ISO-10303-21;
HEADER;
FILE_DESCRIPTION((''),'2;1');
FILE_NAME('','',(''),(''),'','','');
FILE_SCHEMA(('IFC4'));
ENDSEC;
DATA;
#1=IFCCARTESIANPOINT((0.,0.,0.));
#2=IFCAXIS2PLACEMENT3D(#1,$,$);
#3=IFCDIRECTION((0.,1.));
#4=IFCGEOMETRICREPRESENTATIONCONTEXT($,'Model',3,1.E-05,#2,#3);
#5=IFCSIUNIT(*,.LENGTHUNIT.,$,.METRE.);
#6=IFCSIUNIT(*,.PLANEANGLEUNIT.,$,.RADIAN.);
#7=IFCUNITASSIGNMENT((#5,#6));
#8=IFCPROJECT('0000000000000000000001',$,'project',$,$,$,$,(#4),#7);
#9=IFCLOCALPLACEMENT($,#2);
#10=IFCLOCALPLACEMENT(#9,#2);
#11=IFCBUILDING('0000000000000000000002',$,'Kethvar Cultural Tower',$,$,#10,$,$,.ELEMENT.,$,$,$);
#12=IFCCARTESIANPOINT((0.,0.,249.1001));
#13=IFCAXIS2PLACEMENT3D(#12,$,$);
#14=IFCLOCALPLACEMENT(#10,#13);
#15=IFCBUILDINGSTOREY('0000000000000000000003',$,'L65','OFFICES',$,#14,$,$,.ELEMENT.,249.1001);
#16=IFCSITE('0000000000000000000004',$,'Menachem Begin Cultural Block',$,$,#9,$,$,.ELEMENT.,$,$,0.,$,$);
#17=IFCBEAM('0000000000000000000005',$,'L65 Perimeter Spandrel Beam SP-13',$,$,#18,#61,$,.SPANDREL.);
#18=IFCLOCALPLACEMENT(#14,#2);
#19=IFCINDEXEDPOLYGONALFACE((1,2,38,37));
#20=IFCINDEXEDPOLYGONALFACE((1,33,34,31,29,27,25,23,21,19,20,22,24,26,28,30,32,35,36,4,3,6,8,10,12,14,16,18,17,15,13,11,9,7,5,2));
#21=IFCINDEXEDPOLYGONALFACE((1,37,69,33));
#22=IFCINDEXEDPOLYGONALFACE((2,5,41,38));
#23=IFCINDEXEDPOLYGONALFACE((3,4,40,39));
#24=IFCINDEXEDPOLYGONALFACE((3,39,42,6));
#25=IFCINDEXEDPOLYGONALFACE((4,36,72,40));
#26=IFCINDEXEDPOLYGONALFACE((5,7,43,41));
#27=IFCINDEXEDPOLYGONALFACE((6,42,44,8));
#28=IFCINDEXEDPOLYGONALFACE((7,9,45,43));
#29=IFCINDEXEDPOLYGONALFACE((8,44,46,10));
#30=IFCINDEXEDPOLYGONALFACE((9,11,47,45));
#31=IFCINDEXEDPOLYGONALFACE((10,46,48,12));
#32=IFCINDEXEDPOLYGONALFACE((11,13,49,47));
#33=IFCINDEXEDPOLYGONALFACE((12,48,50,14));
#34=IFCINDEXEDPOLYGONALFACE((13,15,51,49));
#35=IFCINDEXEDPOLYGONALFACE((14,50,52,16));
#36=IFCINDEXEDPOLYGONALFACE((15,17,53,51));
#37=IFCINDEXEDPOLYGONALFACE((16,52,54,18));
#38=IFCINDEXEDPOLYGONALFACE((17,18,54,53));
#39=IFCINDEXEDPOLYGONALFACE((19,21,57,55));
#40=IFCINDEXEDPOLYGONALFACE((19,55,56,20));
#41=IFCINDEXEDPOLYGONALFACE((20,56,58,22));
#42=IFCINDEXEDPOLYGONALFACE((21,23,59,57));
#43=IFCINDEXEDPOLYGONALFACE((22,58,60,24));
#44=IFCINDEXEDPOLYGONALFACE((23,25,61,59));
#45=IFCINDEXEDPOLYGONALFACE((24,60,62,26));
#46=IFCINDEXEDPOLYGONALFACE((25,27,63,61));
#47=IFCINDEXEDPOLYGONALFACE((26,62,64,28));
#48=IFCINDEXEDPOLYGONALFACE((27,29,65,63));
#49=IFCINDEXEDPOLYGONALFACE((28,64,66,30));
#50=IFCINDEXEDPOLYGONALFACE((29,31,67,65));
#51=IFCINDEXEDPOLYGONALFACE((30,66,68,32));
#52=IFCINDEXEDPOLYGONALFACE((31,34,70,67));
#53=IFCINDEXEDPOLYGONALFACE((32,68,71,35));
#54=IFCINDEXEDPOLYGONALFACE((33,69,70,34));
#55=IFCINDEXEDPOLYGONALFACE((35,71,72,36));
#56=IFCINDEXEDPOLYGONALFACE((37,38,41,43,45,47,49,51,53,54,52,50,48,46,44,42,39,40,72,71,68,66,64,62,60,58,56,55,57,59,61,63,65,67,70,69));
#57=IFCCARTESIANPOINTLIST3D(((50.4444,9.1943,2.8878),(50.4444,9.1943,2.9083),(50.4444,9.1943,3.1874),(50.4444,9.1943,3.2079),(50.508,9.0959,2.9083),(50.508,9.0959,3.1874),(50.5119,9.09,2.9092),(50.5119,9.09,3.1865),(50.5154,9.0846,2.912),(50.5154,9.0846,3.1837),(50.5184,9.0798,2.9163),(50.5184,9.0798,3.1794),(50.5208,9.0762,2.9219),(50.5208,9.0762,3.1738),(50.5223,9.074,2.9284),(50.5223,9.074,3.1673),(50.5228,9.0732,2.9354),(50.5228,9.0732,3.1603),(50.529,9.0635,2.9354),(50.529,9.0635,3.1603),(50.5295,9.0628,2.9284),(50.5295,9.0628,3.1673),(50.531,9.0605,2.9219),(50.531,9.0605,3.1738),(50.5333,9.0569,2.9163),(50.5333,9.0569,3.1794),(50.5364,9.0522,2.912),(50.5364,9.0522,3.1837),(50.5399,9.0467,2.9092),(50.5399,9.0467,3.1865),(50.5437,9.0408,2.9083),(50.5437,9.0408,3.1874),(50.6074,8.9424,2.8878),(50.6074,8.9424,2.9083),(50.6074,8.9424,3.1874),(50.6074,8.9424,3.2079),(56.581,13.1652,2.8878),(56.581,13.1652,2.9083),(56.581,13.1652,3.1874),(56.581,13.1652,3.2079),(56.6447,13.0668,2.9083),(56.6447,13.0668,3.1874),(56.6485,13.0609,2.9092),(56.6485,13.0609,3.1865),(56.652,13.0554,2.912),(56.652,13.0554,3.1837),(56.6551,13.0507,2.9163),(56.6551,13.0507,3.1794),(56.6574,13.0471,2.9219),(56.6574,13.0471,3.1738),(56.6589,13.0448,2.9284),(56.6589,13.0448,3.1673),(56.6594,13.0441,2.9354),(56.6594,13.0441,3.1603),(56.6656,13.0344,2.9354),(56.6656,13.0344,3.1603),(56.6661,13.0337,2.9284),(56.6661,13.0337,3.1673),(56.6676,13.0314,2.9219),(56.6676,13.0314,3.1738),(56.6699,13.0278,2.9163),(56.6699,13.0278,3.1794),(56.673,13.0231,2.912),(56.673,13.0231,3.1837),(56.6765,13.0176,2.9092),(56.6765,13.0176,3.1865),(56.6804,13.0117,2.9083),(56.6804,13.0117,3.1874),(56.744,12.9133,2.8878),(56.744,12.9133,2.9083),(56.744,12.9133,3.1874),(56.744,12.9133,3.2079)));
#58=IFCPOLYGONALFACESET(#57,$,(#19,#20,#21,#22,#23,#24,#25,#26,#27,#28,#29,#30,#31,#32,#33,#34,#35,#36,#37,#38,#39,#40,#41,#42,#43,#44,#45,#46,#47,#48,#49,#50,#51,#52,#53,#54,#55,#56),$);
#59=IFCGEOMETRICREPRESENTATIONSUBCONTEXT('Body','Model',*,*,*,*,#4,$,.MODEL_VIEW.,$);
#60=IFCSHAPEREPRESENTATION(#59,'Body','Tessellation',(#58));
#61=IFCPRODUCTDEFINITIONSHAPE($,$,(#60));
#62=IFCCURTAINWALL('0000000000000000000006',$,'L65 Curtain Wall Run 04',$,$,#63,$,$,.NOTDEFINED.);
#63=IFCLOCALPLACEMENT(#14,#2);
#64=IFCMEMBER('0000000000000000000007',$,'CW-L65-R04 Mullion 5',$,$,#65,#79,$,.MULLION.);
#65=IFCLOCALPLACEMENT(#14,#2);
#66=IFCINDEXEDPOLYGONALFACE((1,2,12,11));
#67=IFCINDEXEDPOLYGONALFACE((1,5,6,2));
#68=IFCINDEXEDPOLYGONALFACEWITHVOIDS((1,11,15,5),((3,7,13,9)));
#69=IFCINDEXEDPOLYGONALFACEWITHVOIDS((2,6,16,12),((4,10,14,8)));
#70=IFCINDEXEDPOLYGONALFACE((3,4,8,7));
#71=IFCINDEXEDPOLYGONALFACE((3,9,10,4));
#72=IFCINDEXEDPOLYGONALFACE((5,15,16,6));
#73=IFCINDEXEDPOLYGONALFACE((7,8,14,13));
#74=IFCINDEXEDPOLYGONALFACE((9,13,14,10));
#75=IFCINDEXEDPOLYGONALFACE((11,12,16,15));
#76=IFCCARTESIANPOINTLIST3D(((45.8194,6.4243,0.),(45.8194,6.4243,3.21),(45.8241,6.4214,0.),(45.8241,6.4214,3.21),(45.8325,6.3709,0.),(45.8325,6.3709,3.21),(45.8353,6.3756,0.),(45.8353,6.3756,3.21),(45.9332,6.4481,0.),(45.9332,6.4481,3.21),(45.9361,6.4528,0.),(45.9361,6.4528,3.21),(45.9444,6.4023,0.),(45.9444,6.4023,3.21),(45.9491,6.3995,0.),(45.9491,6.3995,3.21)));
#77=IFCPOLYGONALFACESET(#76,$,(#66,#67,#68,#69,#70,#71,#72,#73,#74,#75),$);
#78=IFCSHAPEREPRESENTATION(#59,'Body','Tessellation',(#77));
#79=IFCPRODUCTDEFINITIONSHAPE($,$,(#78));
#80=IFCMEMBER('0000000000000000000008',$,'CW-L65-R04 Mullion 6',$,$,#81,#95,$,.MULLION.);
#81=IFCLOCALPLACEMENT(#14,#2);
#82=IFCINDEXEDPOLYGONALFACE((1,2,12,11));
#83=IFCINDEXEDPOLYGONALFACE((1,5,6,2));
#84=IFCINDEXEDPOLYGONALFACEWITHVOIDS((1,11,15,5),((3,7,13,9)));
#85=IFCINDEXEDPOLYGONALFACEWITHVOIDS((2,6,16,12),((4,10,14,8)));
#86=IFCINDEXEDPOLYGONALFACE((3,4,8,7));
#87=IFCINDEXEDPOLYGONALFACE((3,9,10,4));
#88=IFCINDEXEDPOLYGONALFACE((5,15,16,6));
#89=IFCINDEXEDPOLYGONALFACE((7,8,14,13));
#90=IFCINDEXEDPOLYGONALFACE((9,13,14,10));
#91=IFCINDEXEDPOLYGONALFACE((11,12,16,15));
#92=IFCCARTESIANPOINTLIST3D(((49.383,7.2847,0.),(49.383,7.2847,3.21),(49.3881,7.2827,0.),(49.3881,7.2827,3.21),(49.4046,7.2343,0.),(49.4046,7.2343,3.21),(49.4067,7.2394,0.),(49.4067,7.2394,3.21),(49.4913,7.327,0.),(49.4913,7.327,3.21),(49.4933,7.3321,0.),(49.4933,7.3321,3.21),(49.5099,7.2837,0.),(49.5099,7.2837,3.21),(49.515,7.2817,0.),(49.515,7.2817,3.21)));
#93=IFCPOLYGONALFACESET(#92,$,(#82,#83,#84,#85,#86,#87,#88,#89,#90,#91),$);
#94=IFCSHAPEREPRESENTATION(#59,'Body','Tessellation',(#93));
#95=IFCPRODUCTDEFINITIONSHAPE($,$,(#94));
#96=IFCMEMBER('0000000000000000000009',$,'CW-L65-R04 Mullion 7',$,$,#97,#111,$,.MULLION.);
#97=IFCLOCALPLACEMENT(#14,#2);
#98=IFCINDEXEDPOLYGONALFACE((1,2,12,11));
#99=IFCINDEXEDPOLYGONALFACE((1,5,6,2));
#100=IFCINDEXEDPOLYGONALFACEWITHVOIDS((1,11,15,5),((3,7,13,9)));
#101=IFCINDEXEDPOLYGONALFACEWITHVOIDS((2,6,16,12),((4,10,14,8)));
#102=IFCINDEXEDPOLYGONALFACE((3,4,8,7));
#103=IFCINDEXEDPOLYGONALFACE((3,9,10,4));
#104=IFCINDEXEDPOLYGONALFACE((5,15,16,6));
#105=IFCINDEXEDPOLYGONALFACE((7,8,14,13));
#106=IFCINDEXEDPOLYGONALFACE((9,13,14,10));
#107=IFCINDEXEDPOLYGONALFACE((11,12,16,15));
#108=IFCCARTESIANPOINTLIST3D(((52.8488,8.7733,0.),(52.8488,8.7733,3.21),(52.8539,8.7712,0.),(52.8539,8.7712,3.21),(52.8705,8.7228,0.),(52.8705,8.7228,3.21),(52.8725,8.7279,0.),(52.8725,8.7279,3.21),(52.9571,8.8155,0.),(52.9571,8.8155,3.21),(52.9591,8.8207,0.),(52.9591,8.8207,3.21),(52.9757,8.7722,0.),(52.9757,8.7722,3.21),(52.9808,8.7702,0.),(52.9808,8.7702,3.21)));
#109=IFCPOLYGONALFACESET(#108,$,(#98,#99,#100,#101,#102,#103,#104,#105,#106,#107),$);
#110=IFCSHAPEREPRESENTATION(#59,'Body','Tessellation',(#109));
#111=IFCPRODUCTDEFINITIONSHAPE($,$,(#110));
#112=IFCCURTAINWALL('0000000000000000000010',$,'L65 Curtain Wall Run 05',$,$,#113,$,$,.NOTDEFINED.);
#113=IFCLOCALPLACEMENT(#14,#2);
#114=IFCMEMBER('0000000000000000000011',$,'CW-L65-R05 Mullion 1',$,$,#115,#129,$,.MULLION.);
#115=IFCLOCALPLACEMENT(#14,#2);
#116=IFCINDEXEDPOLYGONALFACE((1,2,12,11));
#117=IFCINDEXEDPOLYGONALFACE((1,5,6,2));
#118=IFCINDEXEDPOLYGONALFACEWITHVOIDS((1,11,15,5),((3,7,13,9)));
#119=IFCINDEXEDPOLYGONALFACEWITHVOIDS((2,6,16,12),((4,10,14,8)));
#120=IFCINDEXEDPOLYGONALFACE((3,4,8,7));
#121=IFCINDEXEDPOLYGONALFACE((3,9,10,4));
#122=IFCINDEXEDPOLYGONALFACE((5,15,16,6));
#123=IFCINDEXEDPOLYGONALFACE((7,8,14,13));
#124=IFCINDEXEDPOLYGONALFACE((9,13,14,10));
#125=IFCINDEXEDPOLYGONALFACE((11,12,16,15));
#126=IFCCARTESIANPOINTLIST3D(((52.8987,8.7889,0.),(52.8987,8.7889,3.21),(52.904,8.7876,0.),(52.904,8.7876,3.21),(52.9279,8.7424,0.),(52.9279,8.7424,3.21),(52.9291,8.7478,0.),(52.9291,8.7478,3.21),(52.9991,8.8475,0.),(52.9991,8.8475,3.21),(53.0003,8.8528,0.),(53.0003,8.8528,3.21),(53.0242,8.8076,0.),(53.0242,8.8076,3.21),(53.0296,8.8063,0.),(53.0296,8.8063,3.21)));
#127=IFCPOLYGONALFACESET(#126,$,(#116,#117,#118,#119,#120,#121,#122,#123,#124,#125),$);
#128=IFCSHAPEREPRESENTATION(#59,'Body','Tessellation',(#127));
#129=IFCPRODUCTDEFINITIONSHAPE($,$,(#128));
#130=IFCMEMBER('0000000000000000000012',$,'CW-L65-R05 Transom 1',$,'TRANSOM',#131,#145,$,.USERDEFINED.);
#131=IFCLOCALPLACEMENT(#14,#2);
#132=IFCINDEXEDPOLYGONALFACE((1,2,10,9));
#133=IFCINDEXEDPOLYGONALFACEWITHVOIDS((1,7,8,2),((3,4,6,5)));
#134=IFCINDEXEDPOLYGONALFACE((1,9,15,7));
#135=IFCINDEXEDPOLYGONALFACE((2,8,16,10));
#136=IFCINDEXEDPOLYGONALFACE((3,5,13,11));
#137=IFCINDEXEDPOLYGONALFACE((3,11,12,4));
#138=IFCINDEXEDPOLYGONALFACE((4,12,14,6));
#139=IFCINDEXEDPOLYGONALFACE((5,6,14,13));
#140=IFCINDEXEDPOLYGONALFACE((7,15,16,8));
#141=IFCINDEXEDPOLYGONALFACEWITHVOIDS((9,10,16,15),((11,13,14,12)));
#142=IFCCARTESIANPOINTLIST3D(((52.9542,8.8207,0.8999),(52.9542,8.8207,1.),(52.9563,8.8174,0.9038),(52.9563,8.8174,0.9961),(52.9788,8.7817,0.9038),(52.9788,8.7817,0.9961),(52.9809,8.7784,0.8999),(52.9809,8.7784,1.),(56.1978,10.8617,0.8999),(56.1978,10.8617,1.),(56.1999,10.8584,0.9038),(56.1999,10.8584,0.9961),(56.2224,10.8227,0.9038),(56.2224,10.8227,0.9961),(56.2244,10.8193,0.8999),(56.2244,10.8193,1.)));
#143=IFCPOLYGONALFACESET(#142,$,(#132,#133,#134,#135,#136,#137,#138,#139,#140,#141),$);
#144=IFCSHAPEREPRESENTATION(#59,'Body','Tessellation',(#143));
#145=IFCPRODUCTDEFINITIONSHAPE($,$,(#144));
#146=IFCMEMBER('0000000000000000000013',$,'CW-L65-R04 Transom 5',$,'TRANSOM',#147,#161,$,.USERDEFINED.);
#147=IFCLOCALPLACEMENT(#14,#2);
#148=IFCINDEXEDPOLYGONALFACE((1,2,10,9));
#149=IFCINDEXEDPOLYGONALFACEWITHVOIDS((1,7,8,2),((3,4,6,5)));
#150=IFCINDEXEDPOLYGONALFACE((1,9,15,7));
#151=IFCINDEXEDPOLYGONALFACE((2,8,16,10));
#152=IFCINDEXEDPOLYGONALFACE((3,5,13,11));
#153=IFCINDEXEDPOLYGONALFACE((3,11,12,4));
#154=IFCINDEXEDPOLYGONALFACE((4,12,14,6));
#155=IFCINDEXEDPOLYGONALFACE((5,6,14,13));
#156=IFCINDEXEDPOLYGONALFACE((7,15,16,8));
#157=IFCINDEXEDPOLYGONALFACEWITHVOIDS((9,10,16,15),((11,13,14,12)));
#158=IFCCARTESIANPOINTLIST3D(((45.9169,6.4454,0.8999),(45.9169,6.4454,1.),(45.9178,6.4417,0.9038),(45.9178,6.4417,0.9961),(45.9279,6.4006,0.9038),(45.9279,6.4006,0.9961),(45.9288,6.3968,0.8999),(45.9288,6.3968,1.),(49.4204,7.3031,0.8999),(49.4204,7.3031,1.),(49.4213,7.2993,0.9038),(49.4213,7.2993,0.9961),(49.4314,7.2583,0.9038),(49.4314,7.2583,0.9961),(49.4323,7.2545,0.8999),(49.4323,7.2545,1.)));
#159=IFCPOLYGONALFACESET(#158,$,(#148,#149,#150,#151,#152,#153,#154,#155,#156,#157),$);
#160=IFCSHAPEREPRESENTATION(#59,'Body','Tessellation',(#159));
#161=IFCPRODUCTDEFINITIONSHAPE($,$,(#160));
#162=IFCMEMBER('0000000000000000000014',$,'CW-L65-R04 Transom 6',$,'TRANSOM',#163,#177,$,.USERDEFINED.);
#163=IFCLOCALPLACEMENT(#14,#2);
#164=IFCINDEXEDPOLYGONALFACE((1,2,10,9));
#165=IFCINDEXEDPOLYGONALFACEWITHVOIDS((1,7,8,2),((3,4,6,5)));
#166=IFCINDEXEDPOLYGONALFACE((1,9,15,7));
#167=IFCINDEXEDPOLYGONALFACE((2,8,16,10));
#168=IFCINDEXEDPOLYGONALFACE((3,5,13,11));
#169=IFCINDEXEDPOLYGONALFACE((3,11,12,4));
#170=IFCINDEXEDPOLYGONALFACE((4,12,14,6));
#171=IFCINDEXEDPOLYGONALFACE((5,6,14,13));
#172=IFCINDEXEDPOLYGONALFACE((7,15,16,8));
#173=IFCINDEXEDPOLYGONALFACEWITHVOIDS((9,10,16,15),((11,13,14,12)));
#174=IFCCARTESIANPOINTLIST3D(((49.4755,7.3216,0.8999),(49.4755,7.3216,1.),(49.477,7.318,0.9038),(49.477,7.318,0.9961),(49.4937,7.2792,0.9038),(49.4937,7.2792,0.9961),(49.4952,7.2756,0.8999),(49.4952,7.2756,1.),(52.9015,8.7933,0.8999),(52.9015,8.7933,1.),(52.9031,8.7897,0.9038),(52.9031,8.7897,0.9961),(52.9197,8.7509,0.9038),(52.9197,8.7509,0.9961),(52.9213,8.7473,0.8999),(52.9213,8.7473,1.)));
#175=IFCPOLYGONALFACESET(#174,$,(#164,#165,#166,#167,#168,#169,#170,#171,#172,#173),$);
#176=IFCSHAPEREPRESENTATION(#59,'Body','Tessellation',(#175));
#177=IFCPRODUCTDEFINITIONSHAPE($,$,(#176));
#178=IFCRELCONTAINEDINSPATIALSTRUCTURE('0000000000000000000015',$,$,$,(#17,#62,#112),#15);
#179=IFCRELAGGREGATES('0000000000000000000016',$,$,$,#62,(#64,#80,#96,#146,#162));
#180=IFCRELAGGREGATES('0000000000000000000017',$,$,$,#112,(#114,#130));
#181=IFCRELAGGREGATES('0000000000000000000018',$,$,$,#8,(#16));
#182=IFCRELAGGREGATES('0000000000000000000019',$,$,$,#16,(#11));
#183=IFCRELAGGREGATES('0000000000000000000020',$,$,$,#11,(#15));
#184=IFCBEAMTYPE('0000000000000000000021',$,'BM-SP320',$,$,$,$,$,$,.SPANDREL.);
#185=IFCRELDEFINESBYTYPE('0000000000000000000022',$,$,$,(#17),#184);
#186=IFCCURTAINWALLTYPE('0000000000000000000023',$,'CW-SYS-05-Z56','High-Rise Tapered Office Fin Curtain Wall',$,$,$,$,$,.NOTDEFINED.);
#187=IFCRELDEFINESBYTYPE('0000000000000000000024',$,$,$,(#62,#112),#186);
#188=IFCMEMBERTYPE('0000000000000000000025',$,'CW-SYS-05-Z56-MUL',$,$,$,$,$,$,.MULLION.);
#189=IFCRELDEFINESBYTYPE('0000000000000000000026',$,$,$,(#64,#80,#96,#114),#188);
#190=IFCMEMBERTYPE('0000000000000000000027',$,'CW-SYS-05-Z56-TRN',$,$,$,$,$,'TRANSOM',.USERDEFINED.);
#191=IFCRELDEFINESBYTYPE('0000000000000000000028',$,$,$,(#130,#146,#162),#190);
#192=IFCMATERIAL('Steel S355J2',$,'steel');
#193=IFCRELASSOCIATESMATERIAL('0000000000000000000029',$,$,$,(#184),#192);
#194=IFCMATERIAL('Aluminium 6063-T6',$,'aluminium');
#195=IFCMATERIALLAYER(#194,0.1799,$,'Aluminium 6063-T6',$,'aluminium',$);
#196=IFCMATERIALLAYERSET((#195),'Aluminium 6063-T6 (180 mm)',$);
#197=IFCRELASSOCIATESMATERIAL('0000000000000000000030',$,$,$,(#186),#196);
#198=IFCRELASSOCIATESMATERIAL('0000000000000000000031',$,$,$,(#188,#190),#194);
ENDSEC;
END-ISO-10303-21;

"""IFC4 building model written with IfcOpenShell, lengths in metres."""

from ifc_helpers import new_model, si_unit, direction, frame, origin, origin_2d, place, context, subcontext, project, spatial, hollow_rectangle, i_section, extrude, source, transform, mapped, material, layer, layer_set, material_profile, profile_set, type_object, element, aggregate, save


model = new_model("IFC4")

# Units and contexts
model_context = context("Model", 3, precision=1e-05, world=origin(), true_north=direction((0.0, 1.0)))
body_context = subcontext(model_context, "Body", "Model", "MODEL_VIEW")
ifc_project = project(units=[si_unit("LENGTHUNIT", "METRE"), si_unit("PLANEANGLEUNIT", "RADIAN")], contexts=[model_context])

# Site, building, storey
site_placement = place(None, origin())
site = spatial("IfcSite", under=ifc_project, at=site_placement, Name="Menachem Begin Cultural Block", CompositionType="ELEMENT", RefElevation=0.0)
building_placement = place(site_placement, origin())
building = spatial("IfcBuilding", under=site, at=building_placement, Name="Kethvar Cultural Tower", CompositionType="ELEMENT")
storey_placement = place(building_placement, frame((0.0, 0.0, 249.1001)))
storey = spatial("IfcBuildingStorey", under=building, at=storey_placement, Name="L65", Description="OFFICES", CompositionType="ELEMENT", Elevation=249.1001)

# Beam
ifc_material_1 = material(Name="Steel S355J2", Category="steel")
ifc_material_profile_1 = material_profile(ifc_material_1, i_section(OverallWidth=0.3, OverallDepth=0.3201, WebThickness=0.0115, FlangeThickness=0.0205, FilletRadius=0.0271, at=origin_2d()), Name="Steel S355J2 — HEB320")
ifc_profile_set_1 = profile_set([ifc_material_profile_1], Name="Steel S355J2 — HEB320")
beam_type_1 = type_object("IfcBeamType", Name="BM-SP320", PredefinedType="SPANDREL", material=ifc_profile_set_1)
shared_shape_1 = source(origin(), body_context, "Body", "SweptSolid", [
    extrude(i_section(OverallWidth=0.3, OverallDepth=0.3201, WebThickness=0.0115, FlangeThickness=0.0205, FilletRadius=0.0271, at=origin_2d()), origin(), (0.0, 0.0, 1.0), 7.3093),
])
beam_1_placement = place(storey_placement, frame((50.5259, 9.0684, 3.0479), z_axis=(0.839562, 0.543264, 0.0), x_axis=(-0.543264, 0.839562, 0.0)))
element("IfcBeam", 1, at=beam_1_placement, inside=storey, type_object=beam_type_1, Name="L65 Perimeter Spandrel Beam SP-13", PredefinedType="SPANDREL", context=body_context, shape_type="MappedRepresentation", body=[
    mapped(shared_shape_1, transform((0.0, 0.0, 0.0), scale=1.0)),
])

# Curtain walls, members
ifc_material_2 = material(Name="Aluminium 6063-T6", Category="aluminium")
ifc_layer_1 = layer(ifc_material_2, 0.1799, Name="Aluminium 6063-T6", Category="aluminium")
ifc_layer_set_1 = layer_set([ifc_layer_1], Name="Aluminium 6063-T6 (180 mm)")
curtain_wall_type = type_object("IfcCurtainWallType", Name="CW-SYS-05-Z56", Description="High-Rise Tapered Office Fin Curtain Wall", PredefinedType="NOTDEFINED", material=ifc_layer_set_1)
curtain_wall_1_placement = place(storey_placement, origin())
curtain_wall_1 = element("IfcCurtainWall", 2, at=curtain_wall_1_placement, inside=storey, type_object=curtain_wall_type, Name="L65 Curtain Wall Run 04", PredefinedType="NOTDEFINED")
ifc_material_profile_2 = material_profile(ifc_material_2, hollow_rectangle(XDim=0.0549, YDim=0.1201, WallThickness=0.0039, at=origin_2d()), Name="Aluminium 6063-T6 — RHS120x55x4")
ifc_profile_set_2 = profile_set([ifc_material_profile_2], Name="Aluminium 6063-T6 — RHS120x55x4")
member_type_1 = type_object("IfcMemberType", Name="CW-SYS-05-Z56-MUL", PredefinedType="MULLION", material=ifc_profile_set_2)
shared_shape_2 = source(origin(), body_context, "Body", "SweptSolid", [
    extrude(hollow_rectangle(XDim=0.0549, YDim=0.1201, WallThickness=0.0039, at=origin_2d()), origin(), (0.0, 0.0, 1.0), 3.21),
])
member_1_placement = place(storey_placement, frame((45.8843, 6.4119, 0.0), z_axis=(0.0, 0.0, 1.0), x_axis=(-0.237788, 0.971317, 0.0)))
member_1 = element("IfcMember", 3, at=member_1_placement, type_object=member_type_1, Name="CW-L65-R04 Mullion 5", PredefinedType="MULLION", context=body_context, shape_type="MappedRepresentation", body=[
    mapped(shared_shape_2, transform((0.0, 0.0, 0.0), scale=1.0)),
])
member_2_placement = place(storey_placement, frame((49.449, 7.2832, 0.0), z_axis=(0.0, 0.0, 1.0), x_axis=(-0.394648, 0.918833, 0.0)))
member_2 = element("IfcMember", 4, at=member_2_placement, type_object=member_type_1, Name="CW-L65-R04 Mullion 6", PredefinedType="MULLION", context=body_context, shape_type="MappedRepresentation", body=[
    mapped(shared_shape_2, transform((0.0, 0.0, 0.0), scale=1.0)),
])
member_3_placement = place(storey_placement, frame((52.9148, 8.7717, 0.0), z_axis=(0.0, 0.0, 1.0), x_axis=(-0.394648, 0.918833, 0.0)))
member_3 = element("IfcMember", 5, at=member_3_placement, type_object=member_type_1, Name="CW-L65-R04 Mullion 7", PredefinedType="MULLION", context=body_context, shape_type="MappedRepresentation", body=[
    mapped(shared_shape_2, transform((0.0, 0.0, 0.0), scale=1.0)),
])
curtain_wall_2_placement = place(storey_placement, origin())
curtain_wall_2 = element("IfcCurtainWall", 6, at=curtain_wall_2_placement, inside=storey, type_object=curtain_wall_type, Name="L65 Curtain Wall Run 05", PredefinedType="NOTDEFINED")
member_4_placement = place(storey_placement, frame((52.9641, 8.7976, 0.0), z_axis=(0.0, 0.0, 1.0), x_axis=(-0.532566, 0.846388, 0.0)))
member_4 = element("IfcMember", 7, at=member_4_placement, type_object=member_type_1, Name="CW-L65-R05 Mullion 1", PredefinedType="MULLION", context=body_context, shape_type="MappedRepresentation", body=[
    mapped(shared_shape_2, transform((0.0, 0.0, 0.0), scale=1.0)),
])
ifc_material_profile_3 = material_profile(ifc_material_2, hollow_rectangle(XDim=0.05, YDim=0.1001, WallThickness=0.0039, at=origin_2d()), Name="Aluminium 6063-T6 — RHS100x50x4")
ifc_profile_set_3 = profile_set([ifc_material_profile_3], Name="Aluminium 6063-T6 — RHS100x50x4")
member_type_2 = type_object("IfcMemberType", Name="CW-SYS-05-Z56-TRN", ElementType="TRANSOM", PredefinedType="USERDEFINED", material=ifc_profile_set_3)
shared_shape_3 = source(origin(), body_context, "Body", "SweptSolid", [
    extrude(hollow_rectangle(XDim=0.05, YDim=0.1001, WallThickness=0.0039, at=origin_2d()), origin(), (0.0, 0.0, 1.0), 3.8323),
])
member_5_placement = place(storey_placement, frame((52.9675, 8.7996, 0.95), z_axis=(0.846384, 0.532573, 0.0), x_axis=(-0.532573, 0.846384, 0.0)))
member_5 = element("IfcMember", 8, at=member_5_placement, type_object=member_type_2, Name="CW-L65-R05 Transom 1", ObjectType="TRANSOM", PredefinedType="USERDEFINED", context=body_context, shape_type="MappedRepresentation", body=[
    mapped(shared_shape_3, transform((0.0, 0.0, 0.0), scale=1.0)),
])

# Members
shared_shape_4 = source(origin(), body_context, "Body", "SweptSolid", [
    extrude(hollow_rectangle(XDim=0.05, YDim=0.1001, WallThickness=0.0039, at=origin_2d()), origin(), (0.0, 0.0, 1.0), 3.6069),
])
member_6_placement = place(storey_placement, frame((45.9229, 6.4211, 0.95), z_axis=(0.971317, 0.237787, 0.0), x_axis=(-0.237787, 0.971317, 0.0)))
member_6 = element("IfcMember", 9, at=member_6_placement, type_object=member_type_2, Name="CW-L65-R04 Transom 5", ObjectType="TRANSOM", PredefinedType="USERDEFINED", context=body_context, shape_type="MappedRepresentation", body=[
    mapped(shared_shape_4, transform((0.0, 0.0, 0.0), scale=1.0)),
])
shared_shape_5 = source(origin(), body_context, "Body", "SweptSolid", [
    extrude(hollow_rectangle(XDim=0.05, YDim=0.1001, WallThickness=0.0039, at=origin_2d()), origin(), (0.0, 0.0, 1.0), 3.7288),
])
member_7_placement = place(storey_placement, frame((49.4854, 7.2986, 0.95), z_axis=(0.918816, 0.394686, 0.0), x_axis=(-0.394686, 0.918816, 0.0)))
member_7 = element("IfcMember", 10, at=member_7_placement, type_object=member_type_2, Name="CW-L65-R04 Transom 6", ObjectType="TRANSOM", PredefinedType="USERDEFINED", context=body_context, shape_type="MappedRepresentation", body=[
    mapped(shared_shape_5, transform((0.0, 0.0, 0.0), scale=1.0)),
])

aggregate(curtain_wall_1, [member_1, member_2, member_3, member_6, member_7])
aggregate(curtain_wall_2, [member_4, member_5])

save(model, "model.ifc")
